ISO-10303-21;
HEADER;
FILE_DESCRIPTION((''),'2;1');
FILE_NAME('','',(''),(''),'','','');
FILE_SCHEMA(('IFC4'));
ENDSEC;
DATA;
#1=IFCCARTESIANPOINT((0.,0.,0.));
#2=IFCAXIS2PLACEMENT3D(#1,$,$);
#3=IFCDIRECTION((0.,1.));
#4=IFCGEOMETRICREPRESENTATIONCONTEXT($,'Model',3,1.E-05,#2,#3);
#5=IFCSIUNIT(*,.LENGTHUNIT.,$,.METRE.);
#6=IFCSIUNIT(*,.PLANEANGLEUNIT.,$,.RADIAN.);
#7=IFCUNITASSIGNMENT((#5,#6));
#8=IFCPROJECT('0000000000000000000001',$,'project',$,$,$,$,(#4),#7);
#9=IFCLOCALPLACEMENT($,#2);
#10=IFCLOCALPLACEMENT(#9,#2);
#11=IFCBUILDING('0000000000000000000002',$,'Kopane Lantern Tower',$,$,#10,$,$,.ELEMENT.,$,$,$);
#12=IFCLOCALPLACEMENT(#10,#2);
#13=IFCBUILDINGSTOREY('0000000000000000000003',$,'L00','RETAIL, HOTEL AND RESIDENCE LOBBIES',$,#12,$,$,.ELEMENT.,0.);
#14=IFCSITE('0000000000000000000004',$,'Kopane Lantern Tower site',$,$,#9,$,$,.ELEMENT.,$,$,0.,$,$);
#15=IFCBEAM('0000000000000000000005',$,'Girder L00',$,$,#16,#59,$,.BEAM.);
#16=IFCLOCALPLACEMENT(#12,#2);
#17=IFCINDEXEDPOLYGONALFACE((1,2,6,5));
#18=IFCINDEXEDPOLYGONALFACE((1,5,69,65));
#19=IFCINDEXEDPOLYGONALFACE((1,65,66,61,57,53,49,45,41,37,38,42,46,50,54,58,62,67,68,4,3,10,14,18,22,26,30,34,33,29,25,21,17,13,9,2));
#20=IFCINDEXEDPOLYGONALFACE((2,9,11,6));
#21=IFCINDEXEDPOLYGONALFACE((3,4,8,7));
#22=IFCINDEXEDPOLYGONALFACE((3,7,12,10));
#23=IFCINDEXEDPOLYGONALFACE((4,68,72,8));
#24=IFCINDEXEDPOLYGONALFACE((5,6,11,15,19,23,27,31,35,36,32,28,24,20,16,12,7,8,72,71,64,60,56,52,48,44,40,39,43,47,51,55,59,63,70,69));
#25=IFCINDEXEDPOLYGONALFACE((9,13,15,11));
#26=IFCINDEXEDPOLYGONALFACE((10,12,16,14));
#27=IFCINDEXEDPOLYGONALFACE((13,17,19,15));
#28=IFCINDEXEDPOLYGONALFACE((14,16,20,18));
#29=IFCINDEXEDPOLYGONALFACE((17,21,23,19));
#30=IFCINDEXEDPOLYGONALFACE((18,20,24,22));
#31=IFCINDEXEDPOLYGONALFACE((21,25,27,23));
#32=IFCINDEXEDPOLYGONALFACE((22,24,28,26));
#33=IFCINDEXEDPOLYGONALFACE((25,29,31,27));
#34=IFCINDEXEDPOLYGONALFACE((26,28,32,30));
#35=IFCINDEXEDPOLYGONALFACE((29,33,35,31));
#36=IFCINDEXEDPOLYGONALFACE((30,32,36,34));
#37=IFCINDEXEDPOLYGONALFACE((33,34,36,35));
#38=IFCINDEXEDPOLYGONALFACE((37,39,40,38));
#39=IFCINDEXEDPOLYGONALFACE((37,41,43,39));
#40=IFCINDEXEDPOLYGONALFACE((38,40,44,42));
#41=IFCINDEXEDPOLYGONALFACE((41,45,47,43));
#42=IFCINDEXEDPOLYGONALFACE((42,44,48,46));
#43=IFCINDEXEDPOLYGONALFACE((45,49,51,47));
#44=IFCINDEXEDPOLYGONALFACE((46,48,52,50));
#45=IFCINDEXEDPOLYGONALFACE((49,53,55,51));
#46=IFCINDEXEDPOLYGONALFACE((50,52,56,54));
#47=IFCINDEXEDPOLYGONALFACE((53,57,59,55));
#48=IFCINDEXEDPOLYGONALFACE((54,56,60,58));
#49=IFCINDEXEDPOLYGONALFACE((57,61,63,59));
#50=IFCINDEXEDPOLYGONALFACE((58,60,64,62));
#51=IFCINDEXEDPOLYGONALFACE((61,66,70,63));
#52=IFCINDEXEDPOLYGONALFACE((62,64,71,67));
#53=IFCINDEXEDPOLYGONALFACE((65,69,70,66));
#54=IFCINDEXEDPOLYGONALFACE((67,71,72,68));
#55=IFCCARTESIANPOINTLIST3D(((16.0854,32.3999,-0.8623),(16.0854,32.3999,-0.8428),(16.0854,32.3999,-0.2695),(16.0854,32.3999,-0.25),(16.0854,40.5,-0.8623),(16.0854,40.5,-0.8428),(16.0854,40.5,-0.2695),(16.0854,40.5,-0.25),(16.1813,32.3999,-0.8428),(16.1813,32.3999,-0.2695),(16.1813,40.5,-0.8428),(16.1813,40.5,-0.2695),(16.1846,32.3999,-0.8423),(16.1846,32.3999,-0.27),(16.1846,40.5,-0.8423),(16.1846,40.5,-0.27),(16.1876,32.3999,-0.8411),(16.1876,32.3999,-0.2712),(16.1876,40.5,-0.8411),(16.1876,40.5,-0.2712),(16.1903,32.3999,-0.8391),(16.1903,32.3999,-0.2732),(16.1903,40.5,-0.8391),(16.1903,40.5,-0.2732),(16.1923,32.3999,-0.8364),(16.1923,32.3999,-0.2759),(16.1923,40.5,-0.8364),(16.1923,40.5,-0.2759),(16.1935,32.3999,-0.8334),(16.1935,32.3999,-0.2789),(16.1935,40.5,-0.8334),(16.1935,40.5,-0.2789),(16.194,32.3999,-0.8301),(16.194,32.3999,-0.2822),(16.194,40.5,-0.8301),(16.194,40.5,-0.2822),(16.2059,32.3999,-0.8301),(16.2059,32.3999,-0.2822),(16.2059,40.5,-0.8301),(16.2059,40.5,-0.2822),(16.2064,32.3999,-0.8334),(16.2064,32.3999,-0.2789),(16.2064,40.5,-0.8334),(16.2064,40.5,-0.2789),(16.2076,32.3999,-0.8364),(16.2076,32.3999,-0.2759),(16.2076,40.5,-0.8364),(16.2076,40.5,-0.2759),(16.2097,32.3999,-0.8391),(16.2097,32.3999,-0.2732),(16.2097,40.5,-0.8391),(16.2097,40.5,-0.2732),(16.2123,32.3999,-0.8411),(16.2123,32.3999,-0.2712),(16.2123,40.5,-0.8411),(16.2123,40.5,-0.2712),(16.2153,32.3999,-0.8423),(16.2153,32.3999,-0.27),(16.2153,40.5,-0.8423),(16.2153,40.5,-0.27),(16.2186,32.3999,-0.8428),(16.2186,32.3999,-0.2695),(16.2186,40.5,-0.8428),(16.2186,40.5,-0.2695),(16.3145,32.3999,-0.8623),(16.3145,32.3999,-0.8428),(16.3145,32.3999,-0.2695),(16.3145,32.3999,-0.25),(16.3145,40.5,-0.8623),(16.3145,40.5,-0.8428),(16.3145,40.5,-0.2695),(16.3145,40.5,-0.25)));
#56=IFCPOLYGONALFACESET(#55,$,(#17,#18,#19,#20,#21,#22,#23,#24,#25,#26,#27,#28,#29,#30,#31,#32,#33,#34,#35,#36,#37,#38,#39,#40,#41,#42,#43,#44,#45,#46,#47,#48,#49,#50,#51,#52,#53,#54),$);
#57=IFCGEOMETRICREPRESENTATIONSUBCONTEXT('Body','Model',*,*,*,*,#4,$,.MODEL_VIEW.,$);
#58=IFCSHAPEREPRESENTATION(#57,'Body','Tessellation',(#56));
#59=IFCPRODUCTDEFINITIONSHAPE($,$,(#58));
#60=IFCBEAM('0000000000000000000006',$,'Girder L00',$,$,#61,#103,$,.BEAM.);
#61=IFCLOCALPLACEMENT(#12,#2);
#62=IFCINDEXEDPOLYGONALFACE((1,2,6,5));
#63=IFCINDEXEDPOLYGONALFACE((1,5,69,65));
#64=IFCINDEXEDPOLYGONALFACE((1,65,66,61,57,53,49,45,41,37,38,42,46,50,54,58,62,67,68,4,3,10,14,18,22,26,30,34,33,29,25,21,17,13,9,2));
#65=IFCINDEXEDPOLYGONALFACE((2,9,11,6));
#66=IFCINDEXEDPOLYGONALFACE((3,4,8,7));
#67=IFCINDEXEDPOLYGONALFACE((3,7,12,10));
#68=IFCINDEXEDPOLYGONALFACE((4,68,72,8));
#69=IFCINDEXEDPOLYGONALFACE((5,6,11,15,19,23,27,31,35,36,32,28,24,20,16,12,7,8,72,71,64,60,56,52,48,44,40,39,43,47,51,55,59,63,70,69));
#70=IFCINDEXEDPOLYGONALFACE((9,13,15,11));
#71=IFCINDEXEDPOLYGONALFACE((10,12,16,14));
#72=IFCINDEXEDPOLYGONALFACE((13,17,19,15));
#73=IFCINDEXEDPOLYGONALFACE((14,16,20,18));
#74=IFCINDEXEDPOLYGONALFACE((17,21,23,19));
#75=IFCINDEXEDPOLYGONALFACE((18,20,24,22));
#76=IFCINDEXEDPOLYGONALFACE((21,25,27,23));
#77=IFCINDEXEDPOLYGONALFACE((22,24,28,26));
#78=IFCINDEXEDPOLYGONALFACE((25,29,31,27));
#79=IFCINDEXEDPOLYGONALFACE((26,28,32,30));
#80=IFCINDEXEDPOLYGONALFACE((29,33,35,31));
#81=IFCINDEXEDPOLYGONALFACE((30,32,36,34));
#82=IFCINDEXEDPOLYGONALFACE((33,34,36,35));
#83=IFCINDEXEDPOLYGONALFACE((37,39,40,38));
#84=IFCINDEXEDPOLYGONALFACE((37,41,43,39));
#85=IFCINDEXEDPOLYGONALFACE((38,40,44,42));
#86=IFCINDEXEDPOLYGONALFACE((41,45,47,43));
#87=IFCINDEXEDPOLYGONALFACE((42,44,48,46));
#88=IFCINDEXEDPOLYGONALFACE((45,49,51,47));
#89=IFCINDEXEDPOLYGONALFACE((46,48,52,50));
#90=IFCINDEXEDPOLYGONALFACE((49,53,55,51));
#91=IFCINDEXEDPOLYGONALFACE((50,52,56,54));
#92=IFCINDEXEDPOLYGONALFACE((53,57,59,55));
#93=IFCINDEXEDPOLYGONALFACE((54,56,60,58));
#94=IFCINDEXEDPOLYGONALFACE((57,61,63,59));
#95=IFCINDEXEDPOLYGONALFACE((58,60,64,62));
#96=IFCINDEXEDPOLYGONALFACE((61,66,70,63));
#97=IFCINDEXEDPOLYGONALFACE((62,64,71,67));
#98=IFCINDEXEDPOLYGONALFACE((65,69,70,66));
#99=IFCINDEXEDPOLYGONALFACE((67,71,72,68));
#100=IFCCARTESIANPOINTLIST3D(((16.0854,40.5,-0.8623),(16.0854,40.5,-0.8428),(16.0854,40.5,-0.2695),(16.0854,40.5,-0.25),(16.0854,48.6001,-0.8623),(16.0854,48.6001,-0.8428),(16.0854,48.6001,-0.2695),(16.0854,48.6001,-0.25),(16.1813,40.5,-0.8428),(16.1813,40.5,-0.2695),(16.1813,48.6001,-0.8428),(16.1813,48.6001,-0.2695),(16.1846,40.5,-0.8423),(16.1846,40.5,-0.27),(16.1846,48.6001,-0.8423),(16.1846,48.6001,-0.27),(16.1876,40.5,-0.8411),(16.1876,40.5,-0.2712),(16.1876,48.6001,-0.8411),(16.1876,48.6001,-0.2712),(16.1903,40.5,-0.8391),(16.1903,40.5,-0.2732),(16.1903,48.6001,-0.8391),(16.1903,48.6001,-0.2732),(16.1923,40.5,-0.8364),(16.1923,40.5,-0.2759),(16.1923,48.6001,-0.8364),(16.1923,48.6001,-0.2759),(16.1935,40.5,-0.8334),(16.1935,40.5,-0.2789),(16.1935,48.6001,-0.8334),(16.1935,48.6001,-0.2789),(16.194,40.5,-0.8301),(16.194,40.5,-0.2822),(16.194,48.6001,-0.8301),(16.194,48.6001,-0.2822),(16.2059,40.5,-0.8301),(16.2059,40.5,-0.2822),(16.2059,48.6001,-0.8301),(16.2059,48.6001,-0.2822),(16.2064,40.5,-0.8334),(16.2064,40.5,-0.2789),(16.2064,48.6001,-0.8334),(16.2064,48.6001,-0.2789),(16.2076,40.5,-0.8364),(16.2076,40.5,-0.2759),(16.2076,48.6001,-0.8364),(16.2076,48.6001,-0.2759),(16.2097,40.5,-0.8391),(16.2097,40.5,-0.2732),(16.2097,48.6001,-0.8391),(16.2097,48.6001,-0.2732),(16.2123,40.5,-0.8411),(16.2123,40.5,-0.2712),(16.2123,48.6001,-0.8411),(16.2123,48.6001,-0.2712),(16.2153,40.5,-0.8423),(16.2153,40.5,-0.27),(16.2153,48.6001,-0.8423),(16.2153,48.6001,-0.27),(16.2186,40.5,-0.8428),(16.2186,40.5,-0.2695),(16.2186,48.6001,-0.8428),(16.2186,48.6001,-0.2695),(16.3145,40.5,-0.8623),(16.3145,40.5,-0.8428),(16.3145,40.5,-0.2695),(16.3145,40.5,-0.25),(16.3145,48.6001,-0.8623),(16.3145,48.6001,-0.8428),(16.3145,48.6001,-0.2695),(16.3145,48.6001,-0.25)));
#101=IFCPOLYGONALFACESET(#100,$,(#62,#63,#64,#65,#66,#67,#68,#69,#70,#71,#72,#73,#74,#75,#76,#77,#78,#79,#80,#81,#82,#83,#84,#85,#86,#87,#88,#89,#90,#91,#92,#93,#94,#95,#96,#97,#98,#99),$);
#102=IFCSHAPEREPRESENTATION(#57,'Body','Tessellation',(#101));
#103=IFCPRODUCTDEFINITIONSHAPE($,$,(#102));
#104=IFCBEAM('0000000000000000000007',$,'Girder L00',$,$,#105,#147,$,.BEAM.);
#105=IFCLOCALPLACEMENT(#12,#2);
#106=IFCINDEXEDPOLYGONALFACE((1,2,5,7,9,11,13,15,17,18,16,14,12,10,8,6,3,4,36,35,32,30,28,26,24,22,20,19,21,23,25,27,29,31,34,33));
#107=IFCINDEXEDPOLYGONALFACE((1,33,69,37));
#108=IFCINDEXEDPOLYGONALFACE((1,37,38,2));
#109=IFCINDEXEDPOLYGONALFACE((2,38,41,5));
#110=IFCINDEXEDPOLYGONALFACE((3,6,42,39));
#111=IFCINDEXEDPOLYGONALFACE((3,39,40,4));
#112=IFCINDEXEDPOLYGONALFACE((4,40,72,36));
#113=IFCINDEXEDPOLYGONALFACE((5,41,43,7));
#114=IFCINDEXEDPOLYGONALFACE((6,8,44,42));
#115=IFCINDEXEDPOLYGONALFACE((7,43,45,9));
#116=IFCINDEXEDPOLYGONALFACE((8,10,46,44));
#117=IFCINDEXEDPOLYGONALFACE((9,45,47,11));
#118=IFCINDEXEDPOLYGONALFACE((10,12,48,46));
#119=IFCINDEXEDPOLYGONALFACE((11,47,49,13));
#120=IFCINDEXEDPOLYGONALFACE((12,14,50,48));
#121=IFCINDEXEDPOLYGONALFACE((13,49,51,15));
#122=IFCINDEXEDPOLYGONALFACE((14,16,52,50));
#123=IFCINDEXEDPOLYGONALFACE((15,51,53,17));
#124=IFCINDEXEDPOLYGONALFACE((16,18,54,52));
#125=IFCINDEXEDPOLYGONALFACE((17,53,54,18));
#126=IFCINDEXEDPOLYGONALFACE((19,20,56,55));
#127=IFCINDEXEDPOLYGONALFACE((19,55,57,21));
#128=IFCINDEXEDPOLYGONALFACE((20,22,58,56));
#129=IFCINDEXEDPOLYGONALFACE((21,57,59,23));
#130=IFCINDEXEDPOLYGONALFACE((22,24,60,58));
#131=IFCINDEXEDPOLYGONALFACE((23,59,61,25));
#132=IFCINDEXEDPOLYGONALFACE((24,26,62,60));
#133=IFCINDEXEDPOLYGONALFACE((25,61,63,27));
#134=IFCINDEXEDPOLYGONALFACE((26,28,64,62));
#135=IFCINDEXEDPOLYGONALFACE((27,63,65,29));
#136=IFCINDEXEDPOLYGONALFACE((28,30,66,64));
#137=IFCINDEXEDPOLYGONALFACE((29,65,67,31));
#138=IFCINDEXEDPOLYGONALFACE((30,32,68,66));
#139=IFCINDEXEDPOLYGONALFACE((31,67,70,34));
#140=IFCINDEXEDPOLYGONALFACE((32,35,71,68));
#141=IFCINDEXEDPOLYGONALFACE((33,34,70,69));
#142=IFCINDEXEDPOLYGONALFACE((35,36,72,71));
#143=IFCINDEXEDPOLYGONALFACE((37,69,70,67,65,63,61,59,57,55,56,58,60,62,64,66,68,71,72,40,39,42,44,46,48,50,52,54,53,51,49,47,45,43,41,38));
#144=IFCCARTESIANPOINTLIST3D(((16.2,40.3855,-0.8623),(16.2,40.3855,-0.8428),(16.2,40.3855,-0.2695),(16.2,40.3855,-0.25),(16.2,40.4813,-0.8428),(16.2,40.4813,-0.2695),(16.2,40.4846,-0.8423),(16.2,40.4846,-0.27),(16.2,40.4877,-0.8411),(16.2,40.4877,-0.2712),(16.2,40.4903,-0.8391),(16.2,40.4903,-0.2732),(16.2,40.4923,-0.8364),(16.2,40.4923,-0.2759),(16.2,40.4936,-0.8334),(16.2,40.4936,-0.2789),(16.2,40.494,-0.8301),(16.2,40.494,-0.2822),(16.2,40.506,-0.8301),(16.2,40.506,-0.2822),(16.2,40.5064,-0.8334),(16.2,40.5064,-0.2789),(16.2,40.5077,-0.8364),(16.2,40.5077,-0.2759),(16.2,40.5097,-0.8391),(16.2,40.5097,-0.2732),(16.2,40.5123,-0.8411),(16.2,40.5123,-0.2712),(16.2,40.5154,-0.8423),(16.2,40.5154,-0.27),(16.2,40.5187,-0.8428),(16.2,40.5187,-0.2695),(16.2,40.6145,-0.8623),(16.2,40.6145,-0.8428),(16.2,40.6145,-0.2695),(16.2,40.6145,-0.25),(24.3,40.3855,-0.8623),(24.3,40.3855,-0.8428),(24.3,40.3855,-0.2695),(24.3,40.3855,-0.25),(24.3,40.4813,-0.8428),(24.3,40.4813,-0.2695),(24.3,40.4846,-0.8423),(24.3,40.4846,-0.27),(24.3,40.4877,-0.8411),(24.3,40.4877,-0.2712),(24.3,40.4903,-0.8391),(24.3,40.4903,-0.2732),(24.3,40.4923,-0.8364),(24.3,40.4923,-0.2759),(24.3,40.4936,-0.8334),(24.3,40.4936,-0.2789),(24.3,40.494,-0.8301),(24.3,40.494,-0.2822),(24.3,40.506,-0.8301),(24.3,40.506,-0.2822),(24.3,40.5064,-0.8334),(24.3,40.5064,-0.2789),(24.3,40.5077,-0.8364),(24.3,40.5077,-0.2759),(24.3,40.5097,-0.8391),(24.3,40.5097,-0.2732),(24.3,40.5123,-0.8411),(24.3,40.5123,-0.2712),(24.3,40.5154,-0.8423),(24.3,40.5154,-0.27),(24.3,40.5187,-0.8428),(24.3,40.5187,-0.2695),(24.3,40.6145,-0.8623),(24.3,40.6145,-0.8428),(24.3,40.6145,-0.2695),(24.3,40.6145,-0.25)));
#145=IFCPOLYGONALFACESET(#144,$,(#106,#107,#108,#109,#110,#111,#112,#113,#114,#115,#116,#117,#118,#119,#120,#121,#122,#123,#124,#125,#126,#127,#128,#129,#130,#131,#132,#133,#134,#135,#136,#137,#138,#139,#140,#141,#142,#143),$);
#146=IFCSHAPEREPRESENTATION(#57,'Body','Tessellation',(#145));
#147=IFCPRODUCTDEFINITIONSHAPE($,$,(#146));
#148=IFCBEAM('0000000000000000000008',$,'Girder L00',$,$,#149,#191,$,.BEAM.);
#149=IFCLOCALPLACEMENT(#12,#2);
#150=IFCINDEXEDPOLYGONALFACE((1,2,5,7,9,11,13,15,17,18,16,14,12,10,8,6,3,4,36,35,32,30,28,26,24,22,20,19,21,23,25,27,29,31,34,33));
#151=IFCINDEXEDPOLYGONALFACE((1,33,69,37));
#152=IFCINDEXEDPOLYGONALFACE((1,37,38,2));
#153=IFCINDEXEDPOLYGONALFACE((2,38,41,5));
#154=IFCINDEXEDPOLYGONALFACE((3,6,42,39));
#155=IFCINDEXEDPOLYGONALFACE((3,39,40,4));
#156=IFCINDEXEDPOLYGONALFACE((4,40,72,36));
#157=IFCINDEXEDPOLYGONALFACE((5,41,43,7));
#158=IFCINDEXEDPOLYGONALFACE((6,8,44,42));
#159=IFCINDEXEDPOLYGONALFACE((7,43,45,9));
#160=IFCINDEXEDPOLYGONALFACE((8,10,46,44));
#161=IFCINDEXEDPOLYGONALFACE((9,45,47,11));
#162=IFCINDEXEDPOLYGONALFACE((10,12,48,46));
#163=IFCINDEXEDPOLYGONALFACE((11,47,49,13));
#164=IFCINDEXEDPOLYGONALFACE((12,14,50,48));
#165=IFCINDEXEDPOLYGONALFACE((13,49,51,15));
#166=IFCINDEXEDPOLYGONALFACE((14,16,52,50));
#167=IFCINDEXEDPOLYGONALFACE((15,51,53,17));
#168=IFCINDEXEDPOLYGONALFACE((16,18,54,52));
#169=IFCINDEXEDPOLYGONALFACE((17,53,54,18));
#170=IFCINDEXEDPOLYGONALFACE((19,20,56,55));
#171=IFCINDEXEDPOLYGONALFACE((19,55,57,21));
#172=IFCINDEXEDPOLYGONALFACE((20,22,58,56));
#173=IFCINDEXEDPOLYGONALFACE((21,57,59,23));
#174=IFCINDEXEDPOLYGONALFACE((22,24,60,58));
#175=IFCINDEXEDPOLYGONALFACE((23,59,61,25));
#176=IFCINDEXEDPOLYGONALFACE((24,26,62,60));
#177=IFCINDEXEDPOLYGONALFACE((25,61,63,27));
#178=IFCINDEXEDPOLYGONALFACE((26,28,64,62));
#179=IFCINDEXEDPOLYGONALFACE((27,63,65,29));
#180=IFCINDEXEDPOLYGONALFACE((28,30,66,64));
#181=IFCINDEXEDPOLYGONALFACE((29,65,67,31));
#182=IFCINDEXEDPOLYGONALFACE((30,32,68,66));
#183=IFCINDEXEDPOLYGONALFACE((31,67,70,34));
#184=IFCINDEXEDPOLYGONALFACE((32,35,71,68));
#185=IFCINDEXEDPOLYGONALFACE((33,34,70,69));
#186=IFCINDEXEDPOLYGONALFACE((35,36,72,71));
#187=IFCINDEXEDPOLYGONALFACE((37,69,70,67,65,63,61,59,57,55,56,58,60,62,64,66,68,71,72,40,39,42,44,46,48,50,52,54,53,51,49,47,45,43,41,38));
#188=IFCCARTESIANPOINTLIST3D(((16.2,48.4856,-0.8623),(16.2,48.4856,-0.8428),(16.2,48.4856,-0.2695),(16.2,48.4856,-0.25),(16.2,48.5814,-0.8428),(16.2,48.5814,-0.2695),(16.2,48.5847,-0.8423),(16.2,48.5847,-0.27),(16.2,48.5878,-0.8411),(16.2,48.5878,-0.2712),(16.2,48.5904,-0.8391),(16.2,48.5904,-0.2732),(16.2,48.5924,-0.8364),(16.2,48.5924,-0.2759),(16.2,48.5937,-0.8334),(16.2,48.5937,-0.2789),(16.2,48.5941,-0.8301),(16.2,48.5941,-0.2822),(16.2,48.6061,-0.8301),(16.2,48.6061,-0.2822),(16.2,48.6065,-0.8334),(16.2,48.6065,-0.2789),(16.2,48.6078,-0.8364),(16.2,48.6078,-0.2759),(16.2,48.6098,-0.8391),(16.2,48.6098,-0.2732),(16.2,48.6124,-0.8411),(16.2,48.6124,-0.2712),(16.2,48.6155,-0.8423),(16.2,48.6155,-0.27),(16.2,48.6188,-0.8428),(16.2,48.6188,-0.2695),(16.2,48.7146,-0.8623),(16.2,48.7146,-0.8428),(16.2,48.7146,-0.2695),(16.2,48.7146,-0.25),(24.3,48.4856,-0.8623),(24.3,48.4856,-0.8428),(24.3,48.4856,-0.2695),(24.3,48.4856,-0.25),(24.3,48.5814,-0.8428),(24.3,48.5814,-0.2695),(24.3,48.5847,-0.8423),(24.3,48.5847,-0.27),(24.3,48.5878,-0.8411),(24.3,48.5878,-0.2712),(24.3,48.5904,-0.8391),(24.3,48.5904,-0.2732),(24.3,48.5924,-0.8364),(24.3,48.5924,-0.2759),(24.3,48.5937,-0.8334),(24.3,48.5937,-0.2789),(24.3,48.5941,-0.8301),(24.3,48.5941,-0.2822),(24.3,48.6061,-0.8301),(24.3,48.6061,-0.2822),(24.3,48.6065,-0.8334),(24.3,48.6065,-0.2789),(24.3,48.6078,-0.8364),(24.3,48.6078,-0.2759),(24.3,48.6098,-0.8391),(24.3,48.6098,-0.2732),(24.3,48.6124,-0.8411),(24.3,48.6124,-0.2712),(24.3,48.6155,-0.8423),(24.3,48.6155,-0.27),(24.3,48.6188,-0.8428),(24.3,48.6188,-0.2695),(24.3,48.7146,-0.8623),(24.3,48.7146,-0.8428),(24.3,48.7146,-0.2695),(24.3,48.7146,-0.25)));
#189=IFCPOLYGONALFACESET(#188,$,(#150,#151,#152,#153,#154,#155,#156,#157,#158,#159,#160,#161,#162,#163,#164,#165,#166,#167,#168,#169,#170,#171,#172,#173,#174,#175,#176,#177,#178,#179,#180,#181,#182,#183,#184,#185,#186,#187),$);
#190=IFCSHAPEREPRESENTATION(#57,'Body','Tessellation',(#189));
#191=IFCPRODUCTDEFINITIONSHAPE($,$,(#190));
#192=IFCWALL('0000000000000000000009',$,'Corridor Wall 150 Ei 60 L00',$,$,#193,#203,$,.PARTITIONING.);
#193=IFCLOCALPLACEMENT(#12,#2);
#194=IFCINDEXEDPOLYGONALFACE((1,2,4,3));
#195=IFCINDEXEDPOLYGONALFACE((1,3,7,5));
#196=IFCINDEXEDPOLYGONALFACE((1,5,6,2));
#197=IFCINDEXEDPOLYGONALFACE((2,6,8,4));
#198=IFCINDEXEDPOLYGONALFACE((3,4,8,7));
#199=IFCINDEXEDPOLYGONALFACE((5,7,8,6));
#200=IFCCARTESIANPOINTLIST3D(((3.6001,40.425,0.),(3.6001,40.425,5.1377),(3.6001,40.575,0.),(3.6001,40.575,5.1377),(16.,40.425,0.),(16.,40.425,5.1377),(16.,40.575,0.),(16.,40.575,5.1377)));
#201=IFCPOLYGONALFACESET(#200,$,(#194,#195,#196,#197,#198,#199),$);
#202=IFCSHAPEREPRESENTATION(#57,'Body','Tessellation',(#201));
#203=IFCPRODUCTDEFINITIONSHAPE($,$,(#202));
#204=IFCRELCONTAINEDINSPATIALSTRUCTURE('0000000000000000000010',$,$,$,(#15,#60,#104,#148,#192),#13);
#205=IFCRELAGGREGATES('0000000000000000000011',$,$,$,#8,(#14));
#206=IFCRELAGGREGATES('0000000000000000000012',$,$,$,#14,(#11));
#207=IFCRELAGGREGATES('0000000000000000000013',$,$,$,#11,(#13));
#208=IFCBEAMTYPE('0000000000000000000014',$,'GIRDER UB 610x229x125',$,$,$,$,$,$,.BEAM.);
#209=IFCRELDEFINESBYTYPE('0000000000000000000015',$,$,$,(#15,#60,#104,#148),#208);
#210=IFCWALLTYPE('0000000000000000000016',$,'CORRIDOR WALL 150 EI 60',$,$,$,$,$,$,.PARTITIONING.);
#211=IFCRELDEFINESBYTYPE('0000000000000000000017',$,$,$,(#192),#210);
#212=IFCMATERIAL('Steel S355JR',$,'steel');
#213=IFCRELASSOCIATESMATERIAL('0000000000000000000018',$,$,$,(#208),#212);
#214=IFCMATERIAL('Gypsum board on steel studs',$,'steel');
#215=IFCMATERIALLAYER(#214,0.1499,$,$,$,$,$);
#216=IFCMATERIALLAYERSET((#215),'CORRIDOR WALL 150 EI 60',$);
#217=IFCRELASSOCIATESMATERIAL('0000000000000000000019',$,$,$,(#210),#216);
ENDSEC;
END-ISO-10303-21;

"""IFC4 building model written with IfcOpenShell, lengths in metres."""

from ifc_helpers import new_model, si_unit, direction, frame, frame_2d, origin, origin_2d, place, context, subcontext, project, spatial, rectangle, i_section, extrude, material, layer, layer_set, material_profile, profile_set, type_object, element, save


model = new_model("IFC4")

# Units and contexts
model_context = context("Model", 3, precision=1e-05, world=origin(), true_north=direction((0.0, 1.0)))
body_context = subcontext(model_context, "Body", "Model", "MODEL_VIEW")
ifc_project = project(units=[si_unit("LENGTHUNIT", "METRE"), si_unit("PLANEANGLEUNIT", "RADIAN")], contexts=[model_context])

# Site, building, storey
site_placement = place(None, origin())
site = spatial("IfcSite", under=ifc_project, at=site_placement, Name="Kopane Lantern Tower site", CompositionType="ELEMENT", RefElevation=0.0)
building_placement = place(site_placement, origin())
building = spatial("IfcBuilding", under=site, at=building_placement, Name="Kopane Lantern Tower", CompositionType="ELEMENT")
storey_placement = place(building_placement, origin())
storey = spatial("IfcBuildingStorey", under=building, at=storey_placement, Name="L00", Description="RETAIL, HOTEL AND RESIDENCE LOBBIES", CompositionType="ELEMENT", Elevation=0.0)

# Beams
ifc_material_1 = material(Name="Steel S355JR", Category="steel")
ifc_material_profile_1 = material_profile(ifc_material_1, i_section(OverallWidth=0.229, OverallDepth=0.6123, WebThickness=0.012, FlangeThickness=0.0195, FilletRadius=0.0127, at=origin_2d()), Name="UB 610x229x125")
ifc_profile_set_1 = profile_set([ifc_material_profile_1], Name="Steel S355JR")
beam_type_1 = type_object("IfcBeamType", Name="GIRDER UB 610x229x125", PredefinedType="BEAM", material=ifc_profile_set_1)
for number, where, z_axis, x_axis, name in (
    (1, (16.2, 32.3999, -0.5562), (0.0, 1.0, 0.0), (-1.0, 0.0, 0.0), "Girder L00"),
    (2, (16.2, 40.5, -0.5562), (0.0, 1.0, 0.0), (-1.0, 0.0, 0.0), "Girder L00"),
    (3, (16.2, 40.5, -0.5562), (1.0, 0.0, 0.0), (0.0, 1.0, 0.0), "Girder L00"),
    (4, (16.2, 48.6001, -0.5562), (1.0, 0.0, 0.0), (0.0, 1.0, 0.0), "Girder L00"),
):
    element("IfcBeam", number, at=place(storey_placement, frame(where, z_axis=z_axis, x_axis=x_axis)), inside=storey, type_object=beam_type_1, Name=name, PredefinedType="BEAM", context=body_context, shape_type="SweptSolid", body=[
        extrude(i_section(OverallWidth=0.229, OverallDepth=0.6123, WebThickness=0.012, FlangeThickness=0.0195, FilletRadius=0.0127, at=origin_2d()), origin(), (0.0, 0.0, 1.0), 8.1001),
    ])

# Wall
ifc_material_2 = material(Name="Gypsum board on steel studs", Category="steel")
ifc_layer_1 = layer(ifc_material_2, 0.1499)
ifc_layer_set_1 = layer_set([ifc_layer_1], Name="CORRIDOR WALL 150 EI 60")
wall_type_1 = type_object("IfcWallType", Name="CORRIDOR WALL 150 EI 60", PredefinedType="PARTITIONING", material=ifc_layer_set_1)
wall_1_placement = place(storey_placement, frame((16.0, 40.5, 0.0), z_axis=(0.0, 0.0, 1.0), x_axis=(-1.0, 0.0, 0.0)))
element("IfcWall", 5, at=wall_1_placement, inside=storey, type_object=wall_type_1, Name="Corridor Wall 150 Ei 60 L00", PredefinedType="PARTITIONING", context=body_context, shape_type="SweptSolid", body=[
    extrude(rectangle(XDim=12.3999, YDim=0.1499, at=frame_2d((6.2, 0.0))), origin(), (0.0, 0.0, 1.0), 5.1377),
])

save(model, "model.ifc")
